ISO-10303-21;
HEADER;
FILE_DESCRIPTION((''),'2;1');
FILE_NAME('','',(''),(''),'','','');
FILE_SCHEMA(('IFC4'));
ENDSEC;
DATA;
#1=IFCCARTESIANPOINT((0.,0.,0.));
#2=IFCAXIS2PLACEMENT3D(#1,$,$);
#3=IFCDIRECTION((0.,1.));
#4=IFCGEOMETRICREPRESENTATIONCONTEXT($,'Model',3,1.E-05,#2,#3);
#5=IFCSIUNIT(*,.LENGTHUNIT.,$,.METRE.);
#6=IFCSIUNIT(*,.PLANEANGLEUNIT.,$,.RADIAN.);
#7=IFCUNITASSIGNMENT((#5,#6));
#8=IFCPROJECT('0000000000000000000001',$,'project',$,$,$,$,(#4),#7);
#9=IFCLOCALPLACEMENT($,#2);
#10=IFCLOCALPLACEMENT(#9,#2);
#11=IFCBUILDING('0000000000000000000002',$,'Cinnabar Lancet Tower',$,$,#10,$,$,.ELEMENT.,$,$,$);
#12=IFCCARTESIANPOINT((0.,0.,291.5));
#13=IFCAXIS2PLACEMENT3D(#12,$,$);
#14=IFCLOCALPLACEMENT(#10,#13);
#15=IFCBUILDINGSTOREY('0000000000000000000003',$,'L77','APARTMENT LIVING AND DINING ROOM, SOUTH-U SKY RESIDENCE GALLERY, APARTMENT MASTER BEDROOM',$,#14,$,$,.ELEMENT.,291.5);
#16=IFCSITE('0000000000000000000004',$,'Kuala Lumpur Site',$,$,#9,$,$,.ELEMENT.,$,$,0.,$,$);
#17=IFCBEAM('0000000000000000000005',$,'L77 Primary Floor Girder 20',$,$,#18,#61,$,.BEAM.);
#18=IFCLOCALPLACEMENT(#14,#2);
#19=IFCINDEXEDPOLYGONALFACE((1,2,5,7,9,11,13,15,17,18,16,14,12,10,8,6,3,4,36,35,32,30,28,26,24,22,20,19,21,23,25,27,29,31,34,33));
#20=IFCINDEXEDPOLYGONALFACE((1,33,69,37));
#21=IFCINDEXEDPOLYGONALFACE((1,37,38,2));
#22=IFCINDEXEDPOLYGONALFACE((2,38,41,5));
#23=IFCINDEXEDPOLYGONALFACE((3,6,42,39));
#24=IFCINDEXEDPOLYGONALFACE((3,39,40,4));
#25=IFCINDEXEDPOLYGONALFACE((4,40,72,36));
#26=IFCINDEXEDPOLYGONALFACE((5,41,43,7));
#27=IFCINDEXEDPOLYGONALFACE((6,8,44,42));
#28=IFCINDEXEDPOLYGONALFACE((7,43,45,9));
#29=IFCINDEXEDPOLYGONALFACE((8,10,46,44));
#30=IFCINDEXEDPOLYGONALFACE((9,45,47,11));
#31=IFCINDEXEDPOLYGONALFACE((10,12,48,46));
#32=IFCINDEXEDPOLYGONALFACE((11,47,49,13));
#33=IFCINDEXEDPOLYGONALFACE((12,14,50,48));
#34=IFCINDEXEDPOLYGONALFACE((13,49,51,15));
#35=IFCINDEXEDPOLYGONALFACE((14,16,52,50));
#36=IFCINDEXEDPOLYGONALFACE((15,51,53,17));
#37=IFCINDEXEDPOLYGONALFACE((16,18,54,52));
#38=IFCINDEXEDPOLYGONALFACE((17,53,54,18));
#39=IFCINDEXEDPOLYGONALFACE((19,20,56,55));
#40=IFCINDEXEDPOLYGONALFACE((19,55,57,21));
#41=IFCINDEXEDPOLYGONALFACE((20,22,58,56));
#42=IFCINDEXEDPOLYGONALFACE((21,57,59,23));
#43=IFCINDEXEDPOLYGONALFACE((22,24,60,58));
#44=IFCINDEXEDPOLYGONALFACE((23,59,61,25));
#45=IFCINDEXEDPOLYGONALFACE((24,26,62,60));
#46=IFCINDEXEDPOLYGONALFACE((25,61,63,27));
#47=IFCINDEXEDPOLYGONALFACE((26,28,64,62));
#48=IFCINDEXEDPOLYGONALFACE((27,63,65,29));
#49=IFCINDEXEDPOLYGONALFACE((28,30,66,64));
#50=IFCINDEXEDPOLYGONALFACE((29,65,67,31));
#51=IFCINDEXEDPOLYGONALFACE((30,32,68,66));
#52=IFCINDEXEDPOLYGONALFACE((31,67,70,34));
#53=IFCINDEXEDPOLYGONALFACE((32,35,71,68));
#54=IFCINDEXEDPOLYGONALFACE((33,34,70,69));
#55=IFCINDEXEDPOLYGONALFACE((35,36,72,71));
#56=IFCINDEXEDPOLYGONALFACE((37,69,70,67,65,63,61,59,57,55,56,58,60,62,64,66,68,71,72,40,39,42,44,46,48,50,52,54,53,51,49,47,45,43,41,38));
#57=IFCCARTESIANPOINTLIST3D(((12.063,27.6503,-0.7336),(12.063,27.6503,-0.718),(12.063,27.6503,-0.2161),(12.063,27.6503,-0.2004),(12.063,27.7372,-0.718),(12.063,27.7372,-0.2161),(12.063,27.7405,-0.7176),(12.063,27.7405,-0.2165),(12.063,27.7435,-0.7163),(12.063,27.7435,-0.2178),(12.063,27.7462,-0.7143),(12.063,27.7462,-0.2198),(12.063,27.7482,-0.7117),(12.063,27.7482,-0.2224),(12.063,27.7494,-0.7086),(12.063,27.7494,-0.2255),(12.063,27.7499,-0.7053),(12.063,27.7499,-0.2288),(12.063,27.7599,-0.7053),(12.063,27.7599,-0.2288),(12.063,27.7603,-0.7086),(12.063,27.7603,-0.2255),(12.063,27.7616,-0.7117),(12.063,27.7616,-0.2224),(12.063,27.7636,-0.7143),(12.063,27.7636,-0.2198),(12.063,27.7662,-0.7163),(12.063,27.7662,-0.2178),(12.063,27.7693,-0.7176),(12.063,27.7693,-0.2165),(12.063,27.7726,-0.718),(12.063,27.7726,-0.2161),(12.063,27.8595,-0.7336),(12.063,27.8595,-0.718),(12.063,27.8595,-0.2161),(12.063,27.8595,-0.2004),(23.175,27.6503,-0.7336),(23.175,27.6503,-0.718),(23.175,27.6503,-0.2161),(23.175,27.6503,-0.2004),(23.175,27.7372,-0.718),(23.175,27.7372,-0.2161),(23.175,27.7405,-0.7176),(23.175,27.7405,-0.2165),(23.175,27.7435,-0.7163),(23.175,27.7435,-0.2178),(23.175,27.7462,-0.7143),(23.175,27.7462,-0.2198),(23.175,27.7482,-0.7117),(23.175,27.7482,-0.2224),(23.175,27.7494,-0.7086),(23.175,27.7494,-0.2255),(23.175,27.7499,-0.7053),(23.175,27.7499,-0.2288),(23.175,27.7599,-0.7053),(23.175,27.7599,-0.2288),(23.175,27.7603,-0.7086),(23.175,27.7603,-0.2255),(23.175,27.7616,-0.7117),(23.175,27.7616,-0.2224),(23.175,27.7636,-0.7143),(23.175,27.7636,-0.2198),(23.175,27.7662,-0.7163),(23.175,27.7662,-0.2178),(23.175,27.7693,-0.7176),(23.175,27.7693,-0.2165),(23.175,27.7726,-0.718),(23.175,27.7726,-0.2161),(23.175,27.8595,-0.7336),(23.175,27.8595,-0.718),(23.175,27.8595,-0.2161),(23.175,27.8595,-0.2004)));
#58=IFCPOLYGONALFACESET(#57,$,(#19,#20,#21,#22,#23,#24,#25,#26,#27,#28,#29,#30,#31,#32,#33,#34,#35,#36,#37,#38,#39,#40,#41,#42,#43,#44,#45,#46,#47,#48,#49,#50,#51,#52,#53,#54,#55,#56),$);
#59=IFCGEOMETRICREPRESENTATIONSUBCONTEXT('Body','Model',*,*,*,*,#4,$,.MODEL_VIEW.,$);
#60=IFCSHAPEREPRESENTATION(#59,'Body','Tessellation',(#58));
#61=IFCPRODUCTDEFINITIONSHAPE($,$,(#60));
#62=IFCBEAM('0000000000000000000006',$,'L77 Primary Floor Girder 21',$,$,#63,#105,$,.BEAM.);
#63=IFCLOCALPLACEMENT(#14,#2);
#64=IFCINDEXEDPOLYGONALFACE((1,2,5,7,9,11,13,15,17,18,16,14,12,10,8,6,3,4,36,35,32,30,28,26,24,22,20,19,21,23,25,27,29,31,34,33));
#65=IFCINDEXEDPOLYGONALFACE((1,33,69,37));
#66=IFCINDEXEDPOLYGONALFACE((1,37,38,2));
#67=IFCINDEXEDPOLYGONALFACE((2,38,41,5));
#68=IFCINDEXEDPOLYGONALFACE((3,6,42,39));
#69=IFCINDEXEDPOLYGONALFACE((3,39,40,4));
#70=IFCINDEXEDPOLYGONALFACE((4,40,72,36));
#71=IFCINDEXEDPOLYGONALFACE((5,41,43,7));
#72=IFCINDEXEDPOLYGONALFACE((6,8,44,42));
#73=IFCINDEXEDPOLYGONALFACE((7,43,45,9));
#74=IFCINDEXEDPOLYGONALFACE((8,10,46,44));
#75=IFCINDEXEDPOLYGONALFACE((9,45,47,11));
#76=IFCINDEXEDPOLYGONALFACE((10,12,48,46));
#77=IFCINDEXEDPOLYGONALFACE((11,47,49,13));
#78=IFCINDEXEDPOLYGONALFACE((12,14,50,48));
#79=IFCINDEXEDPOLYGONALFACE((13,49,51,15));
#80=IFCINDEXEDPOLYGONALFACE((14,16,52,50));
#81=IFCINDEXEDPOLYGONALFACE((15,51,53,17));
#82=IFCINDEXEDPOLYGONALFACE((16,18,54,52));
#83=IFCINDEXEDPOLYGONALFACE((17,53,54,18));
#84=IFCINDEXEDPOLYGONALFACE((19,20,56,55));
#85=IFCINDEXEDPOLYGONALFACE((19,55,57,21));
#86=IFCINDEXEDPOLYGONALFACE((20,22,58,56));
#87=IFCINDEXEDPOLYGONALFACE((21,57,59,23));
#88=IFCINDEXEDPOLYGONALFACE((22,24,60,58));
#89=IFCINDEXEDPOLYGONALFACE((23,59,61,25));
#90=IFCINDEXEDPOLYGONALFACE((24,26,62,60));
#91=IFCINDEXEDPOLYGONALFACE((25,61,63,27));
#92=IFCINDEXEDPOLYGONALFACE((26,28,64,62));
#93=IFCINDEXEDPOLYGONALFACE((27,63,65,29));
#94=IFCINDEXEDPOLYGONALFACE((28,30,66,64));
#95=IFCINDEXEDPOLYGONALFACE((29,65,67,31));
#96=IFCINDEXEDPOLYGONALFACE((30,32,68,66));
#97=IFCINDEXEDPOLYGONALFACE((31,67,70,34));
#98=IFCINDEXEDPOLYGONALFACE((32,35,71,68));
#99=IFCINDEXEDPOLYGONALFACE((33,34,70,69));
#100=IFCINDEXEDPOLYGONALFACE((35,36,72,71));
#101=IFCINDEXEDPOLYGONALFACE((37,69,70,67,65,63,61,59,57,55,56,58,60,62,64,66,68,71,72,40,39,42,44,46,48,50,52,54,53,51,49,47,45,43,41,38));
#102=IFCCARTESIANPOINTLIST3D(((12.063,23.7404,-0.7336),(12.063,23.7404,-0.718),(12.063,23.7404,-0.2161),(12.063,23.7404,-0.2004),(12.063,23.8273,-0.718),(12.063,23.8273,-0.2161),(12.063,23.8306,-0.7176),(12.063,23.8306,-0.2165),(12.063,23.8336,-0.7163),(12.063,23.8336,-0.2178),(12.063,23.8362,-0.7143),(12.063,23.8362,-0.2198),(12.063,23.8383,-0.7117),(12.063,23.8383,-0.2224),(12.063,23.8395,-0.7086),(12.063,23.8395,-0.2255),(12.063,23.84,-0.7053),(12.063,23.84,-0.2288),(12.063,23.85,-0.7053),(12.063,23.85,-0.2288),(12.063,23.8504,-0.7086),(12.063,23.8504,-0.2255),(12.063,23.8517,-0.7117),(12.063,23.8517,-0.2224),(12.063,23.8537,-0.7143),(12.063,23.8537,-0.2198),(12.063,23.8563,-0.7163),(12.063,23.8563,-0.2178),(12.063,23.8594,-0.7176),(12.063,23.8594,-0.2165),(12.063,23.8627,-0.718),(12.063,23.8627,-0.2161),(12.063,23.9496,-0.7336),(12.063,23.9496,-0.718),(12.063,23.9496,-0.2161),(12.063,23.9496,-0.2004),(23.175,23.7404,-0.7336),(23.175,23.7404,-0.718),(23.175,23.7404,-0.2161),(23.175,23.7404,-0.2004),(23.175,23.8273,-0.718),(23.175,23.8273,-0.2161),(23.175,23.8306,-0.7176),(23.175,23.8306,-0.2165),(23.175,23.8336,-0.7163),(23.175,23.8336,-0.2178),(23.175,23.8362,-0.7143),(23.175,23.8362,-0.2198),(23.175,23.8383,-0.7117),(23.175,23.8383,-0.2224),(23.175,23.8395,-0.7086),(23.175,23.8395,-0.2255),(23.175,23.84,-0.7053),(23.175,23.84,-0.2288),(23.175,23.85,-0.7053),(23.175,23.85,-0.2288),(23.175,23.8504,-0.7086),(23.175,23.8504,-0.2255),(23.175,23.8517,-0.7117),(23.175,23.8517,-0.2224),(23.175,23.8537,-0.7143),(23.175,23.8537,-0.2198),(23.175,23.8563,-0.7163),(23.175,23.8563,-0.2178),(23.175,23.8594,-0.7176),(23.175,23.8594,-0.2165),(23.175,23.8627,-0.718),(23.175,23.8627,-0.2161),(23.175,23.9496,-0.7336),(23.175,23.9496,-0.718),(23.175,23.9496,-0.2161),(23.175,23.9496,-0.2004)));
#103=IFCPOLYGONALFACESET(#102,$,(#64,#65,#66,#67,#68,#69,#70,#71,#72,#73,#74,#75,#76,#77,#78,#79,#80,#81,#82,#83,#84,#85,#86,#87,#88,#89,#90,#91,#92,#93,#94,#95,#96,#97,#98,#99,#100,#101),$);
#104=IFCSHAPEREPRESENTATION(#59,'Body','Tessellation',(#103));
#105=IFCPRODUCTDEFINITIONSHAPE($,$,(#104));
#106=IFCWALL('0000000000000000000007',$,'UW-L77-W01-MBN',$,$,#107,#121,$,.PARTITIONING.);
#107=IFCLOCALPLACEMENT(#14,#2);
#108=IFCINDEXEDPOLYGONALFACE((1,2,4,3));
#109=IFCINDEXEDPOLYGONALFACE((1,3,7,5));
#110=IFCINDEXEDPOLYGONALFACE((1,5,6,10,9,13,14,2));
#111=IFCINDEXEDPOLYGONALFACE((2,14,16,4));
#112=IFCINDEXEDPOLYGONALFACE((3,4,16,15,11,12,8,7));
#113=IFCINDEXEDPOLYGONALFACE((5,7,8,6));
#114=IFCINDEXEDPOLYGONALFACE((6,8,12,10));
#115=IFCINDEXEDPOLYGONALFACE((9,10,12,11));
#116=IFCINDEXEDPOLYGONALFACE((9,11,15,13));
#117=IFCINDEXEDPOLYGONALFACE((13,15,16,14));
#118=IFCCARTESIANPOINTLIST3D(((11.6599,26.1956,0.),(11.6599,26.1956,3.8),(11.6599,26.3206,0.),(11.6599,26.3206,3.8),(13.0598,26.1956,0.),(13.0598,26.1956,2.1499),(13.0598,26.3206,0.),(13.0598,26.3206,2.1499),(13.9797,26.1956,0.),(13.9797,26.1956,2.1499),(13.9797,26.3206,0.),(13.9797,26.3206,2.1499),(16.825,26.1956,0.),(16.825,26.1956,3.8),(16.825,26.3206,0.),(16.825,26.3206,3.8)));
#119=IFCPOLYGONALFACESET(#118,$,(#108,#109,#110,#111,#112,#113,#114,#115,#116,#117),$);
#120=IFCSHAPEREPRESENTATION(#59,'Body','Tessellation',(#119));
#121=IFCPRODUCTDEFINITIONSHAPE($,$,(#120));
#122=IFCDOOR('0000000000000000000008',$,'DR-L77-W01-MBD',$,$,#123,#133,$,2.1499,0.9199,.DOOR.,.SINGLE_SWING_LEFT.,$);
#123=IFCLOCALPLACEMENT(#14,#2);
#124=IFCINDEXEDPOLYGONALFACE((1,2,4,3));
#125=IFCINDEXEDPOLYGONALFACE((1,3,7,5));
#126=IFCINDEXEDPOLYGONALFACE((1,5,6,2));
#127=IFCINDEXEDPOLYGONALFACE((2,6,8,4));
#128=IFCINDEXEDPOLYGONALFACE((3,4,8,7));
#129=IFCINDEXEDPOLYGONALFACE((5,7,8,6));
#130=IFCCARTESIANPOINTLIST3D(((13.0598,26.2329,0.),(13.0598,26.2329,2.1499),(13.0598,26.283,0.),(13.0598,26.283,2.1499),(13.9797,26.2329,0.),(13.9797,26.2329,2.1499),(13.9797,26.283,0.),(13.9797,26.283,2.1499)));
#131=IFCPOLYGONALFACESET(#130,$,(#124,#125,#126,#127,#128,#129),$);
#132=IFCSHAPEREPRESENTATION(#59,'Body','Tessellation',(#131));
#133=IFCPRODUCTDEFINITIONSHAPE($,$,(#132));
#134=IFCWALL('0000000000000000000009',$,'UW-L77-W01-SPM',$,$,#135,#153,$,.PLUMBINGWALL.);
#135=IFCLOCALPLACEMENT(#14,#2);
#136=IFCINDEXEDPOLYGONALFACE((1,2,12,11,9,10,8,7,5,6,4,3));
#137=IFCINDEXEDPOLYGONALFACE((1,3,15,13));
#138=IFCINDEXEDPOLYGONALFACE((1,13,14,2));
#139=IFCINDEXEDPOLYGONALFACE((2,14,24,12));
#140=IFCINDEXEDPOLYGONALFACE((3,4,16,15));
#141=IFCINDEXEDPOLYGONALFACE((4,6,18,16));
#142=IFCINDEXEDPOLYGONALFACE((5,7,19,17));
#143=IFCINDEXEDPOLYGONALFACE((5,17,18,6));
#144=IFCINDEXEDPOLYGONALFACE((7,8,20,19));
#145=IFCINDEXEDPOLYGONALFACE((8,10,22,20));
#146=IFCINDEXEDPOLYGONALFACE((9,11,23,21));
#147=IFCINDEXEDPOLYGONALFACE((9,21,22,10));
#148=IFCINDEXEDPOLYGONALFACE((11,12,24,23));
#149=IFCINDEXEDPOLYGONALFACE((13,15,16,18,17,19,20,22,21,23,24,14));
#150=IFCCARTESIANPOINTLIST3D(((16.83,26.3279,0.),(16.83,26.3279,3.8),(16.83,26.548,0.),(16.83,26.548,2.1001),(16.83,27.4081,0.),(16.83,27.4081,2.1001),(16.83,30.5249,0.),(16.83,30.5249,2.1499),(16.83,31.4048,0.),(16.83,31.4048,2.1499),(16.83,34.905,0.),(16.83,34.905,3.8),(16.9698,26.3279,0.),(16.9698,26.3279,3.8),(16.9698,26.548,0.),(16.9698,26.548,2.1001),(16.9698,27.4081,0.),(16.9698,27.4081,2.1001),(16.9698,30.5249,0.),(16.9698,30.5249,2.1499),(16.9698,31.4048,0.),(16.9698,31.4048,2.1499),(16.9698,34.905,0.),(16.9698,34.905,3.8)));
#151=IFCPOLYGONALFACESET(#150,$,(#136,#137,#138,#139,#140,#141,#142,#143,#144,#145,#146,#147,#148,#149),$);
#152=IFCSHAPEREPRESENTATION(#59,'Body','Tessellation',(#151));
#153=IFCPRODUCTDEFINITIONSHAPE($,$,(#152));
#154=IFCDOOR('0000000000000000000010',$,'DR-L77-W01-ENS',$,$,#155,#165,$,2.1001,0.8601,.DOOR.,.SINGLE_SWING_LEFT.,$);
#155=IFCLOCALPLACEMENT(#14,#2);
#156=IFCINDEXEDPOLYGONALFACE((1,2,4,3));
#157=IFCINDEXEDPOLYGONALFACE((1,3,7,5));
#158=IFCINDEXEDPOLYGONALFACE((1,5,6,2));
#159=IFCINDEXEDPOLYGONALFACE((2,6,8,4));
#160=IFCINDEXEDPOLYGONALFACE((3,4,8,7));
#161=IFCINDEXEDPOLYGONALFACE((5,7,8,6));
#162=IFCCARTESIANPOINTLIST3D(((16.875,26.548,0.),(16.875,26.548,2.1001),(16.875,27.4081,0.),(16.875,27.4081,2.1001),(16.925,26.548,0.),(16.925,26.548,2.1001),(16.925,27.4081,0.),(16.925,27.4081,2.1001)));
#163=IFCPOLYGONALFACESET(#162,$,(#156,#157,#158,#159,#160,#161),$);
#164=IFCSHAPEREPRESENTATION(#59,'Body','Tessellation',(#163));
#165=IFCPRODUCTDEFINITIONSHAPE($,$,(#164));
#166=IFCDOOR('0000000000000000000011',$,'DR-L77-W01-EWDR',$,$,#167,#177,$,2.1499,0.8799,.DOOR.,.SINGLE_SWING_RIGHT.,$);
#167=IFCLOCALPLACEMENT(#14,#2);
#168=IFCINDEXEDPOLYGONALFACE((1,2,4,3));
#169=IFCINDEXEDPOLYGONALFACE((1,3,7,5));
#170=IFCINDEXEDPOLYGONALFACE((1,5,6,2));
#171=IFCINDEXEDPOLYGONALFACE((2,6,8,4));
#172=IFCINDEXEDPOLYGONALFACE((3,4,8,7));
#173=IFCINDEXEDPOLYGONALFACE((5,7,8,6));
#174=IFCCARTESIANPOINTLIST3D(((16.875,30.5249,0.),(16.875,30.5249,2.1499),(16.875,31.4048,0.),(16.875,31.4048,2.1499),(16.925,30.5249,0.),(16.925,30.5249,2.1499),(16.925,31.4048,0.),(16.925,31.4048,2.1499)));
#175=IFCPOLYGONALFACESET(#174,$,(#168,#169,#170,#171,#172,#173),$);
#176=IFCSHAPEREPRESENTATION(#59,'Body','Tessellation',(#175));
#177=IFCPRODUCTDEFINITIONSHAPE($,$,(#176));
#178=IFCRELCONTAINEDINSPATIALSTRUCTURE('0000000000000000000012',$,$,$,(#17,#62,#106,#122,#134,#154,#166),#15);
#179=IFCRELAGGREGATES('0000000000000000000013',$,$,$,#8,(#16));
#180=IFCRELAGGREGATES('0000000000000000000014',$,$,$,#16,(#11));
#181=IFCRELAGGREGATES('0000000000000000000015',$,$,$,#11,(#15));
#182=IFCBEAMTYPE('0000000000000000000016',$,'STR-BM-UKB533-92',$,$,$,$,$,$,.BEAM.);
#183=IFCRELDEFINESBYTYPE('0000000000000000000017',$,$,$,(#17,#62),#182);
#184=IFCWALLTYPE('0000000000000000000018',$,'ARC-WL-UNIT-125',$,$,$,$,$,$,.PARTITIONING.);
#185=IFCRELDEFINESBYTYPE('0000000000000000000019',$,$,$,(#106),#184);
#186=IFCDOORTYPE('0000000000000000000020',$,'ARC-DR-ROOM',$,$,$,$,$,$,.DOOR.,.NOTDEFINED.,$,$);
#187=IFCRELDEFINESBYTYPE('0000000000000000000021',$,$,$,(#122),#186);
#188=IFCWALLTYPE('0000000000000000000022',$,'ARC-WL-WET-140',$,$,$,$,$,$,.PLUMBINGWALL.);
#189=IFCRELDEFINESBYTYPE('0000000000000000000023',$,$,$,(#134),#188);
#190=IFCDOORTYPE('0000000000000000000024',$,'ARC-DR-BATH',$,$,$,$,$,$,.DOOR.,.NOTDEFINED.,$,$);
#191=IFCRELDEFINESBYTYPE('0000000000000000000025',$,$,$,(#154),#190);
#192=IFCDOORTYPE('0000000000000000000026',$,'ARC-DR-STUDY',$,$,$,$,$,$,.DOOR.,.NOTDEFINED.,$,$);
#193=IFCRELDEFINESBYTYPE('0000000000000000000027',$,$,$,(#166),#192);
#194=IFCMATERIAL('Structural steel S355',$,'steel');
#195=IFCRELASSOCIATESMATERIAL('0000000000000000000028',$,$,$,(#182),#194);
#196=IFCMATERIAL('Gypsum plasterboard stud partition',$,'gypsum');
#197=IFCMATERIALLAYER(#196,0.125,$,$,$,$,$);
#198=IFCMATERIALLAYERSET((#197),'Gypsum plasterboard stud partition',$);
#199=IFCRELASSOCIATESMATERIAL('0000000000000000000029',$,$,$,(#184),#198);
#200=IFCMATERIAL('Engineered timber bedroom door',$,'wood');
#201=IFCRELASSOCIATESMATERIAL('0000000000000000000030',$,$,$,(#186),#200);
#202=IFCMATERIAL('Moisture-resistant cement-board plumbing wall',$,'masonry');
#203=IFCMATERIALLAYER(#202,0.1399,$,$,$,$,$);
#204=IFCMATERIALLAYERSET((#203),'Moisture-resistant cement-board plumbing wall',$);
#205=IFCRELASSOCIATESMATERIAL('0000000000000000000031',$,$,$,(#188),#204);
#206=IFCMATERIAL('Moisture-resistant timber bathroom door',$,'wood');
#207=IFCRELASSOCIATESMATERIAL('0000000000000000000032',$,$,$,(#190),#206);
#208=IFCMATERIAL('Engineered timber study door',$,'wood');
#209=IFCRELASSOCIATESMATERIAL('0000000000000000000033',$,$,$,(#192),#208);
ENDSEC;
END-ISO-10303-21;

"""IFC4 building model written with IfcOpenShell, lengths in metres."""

from ifc_helpers import new_model, si_unit, direction, frame, frame_2d, origin, origin_2d, place, context, subcontext, project, spatial, rectangle, i_section, extrude, material, layer, layer_set, material_profile, profile_set, type_object, element, fill, save


model = new_model("IFC4")

# Units and contexts
model_context = context("Model", 3, precision=1e-05, world=origin(), true_north=direction((0.0, 1.0)))
body_context = subcontext(model_context, "Body", "Model", "MODEL_VIEW")
ifc_project = project(units=[si_unit("LENGTHUNIT", "METRE"), si_unit("PLANEANGLEUNIT", "RADIAN")], contexts=[model_context])

# Site, building, storey
site_placement = place(None, origin())
site = spatial("IfcSite", under=ifc_project, at=site_placement, Name="Kuala Lumpur Site", CompositionType="ELEMENT", RefElevation=0.0)
building_placement = place(site_placement, origin())
building = spatial("IfcBuilding", under=site, at=building_placement, Name="Cinnabar Lancet Tower", CompositionType="ELEMENT")
storey_placement = place(building_placement, frame((0.0, 0.0, 291.5)))
storey = spatial("IfcBuildingStorey", under=building, at=storey_placement, Name="L77", Description="APARTMENT LIVING AND DINING ROOM, SOUTH-U SKY RESIDENCE GALLERY, APARTMENT MASTER BEDROOM", CompositionType="ELEMENT", Elevation=291.5)

# Beams
ifc_material_1 = material(Name="Structural steel S355", Category="steel")
ifc_material_profile_1 = material_profile(ifc_material_1, i_section(OverallWidth=0.2092, OverallDepth=0.5332, WebThickness=0.01, FlangeThickness=0.0156, FilletRadius=0.0127, at=origin_2d()), Name="UKB 533x210x92")
ifc_profile_set_1 = profile_set([ifc_material_profile_1], Name="Structural steel S355")
beam_type_1 = type_object("IfcBeamType", Name="STR-BM-UKB533-92", PredefinedType="BEAM", material=ifc_profile_set_1)
for number, where, z_axis, x_axis, name in (
    (1, (12.063, 27.7549, -0.467), (1.0, 0.0, 0.0), (0.0, 1.0, 0.0), "L77 Primary Floor Girder 20"),
    (2, (12.063, 23.845, -0.467), (1.0, 0.0, 0.0), (0.0, 1.0, 0.0), "L77 Primary Floor Girder 21"),
):
    element("IfcBeam", number, at=place(storey_placement, frame(where, z_axis=z_axis, x_axis=x_axis)), inside=storey, type_object=beam_type_1, Name=name, PredefinedType="BEAM", context=body_context, shape_type="SweptSolid", body=[
        extrude(i_section(OverallWidth=0.2092, OverallDepth=0.5332, WebThickness=0.01, FlangeThickness=0.0156, FilletRadius=0.0127, at=origin_2d()), origin(), (0.0, 0.0, 1.0), 11.1121),
    ])

# Wall, opening, door
ifc_material_2 = material(Name="Gypsum plasterboard stud partition", Category="gypsum")
ifc_layer_1 = layer(ifc_material_2, 0.125)
ifc_layer_set_1 = layer_set([ifc_layer_1], Name="Gypsum plasterboard stud partition")
wall_type_1 = type_object("IfcWallType", Name="ARC-WL-UNIT-125", PredefinedType="PARTITIONING", material=ifc_layer_set_1)
wall_1_placement = place(storey_placement, frame((11.6599, 26.2581, 0.0), z_axis=(0.0, 0.0, 1.0), x_axis=(1.0, 0.0, 0.0)))
wall_1 = element("IfcWall", 3, at=wall_1_placement, inside=storey, type_object=wall_type_1, Name="UW-L77-W01-MBN", PredefinedType="PARTITIONING", context=body_context, shape_type="SweptSolid", body=[
    extrude(rectangle(XDim=5.165, YDim=0.125, at=frame_2d((2.5825, 0.0))), origin(), (0.0, 0.0, 1.0), 3.8),
])
opening_1_placement = place(wall_1_placement, frame((1.3999, 0.0, 0.0)))
opening_1 = element("IfcOpeningElement", 4, at=opening_1_placement, cuts=wall_1, PredefinedType="OPENING", context=body_context, shape_type="SweptSolid", body=[
    extrude(rectangle(XDim=0.9199, YDim=2.1499, at=frame_2d((0.46, 1.075))), frame((0.0, 0.0725, 0.0), z_axis=(0.0, -1.0, 0.0), x_axis=(1.0, 0.0, 0.0)), (0.0, 0.0, 1.0), 0.145),
])
ifc_material_3 = material(Name="Engineered timber bedroom door", Category="wood")
door_type_1 = type_object("IfcDoorType", Name="ARC-DR-ROOM", OperationType="NOTDEFINED", PredefinedType="DOOR", material=ifc_material_3)
door_1_placement = place(opening_1_placement, origin())
door_1 = element("IfcDoor", 5, at=door_1_placement, inside=storey, type_object=door_type_1, Name="DR-L77-W01-MBD", OperationType="SINGLE_SWING_LEFT", OverallHeight=2.1499, OverallWidth=0.9199, PredefinedType="DOOR", context=body_context, shape_type="SweptSolid", body=[
    extrude(rectangle(XDim=0.9199, YDim=2.1499, at=frame_2d((0.46, 1.075))), frame((0.0, 0.0249, 0.0), z_axis=(0.0, -1.0, 0.0), x_axis=(1.0, 0.0, 0.0)), (0.0, 0.0, 1.0), 0.05),
])
fill(opening_1, door_1)

# Wall, openings, doors
ifc_material_4 = material(Name="Moisture-resistant cement-board plumbing wall", Category="masonry")
ifc_layer_2 = layer(ifc_material_4, 0.1399)
ifc_layer_set_2 = layer_set([ifc_layer_2], Name="Moisture-resistant cement-board plumbing wall")
wall_type_2 = type_object("IfcWallType", Name="ARC-WL-WET-140", PredefinedType="PLUMBINGWALL", material=ifc_layer_set_2)
wall_2_placement = place(storey_placement, frame((16.8999, 26.3279, 0.0), z_axis=(0.0, 0.0, 1.0), x_axis=(0.0, 1.0, 0.0)))
wall_2 = element("IfcWall", 6, at=wall_2_placement, inside=storey, type_object=wall_type_2, Name="UW-L77-W01-SPM", PredefinedType="PLUMBINGWALL", context=body_context, shape_type="SweptSolid", body=[
    extrude(rectangle(XDim=8.5771, YDim=0.1399, at=frame_2d((4.2886, 0.0))), origin(), (0.0, 0.0, 1.0), 3.8),
])
opening_2_placement = place(wall_2_placement, frame((0.22, 0.0, 0.0)))
opening_2 = element("IfcOpeningElement", 7, at=opening_2_placement, cuts=wall_2, PredefinedType="OPENING", context=body_context, shape_type="SweptSolid", body=[
    extrude(rectangle(XDim=0.8601, YDim=2.1001, at=frame_2d((0.4302, 1.05))), frame((0.0, 0.0798, 0.0), z_axis=(0.0, -1.0, 0.0), x_axis=(1.0, 0.0, 0.0)), (0.0, 0.0, 1.0), 0.1599),
])
opening_3_placement = place(wall_2_placement, frame((4.197, 0.0, 0.0)))
opening_3 = element("IfcOpeningElement", 8, at=opening_3_placement, cuts=wall_2, PredefinedType="OPENING", context=body_context, shape_type="SweptSolid", body=[
    extrude(rectangle(XDim=0.8799, YDim=2.1499, at=frame_2d((0.4399, 1.075))), frame((0.0, 0.0798, 0.0), z_axis=(0.0, -1.0, 0.0), x_axis=(1.0, 0.0, 0.0)), (0.0, 0.0, 1.0), 0.1599),
])
ifc_material_5 = material(Name="Moisture-resistant timber bathroom door", Category="wood")
door_type_2 = type_object("IfcDoorType", Name="ARC-DR-BATH", OperationType="NOTDEFINED", PredefinedType="DOOR", material=ifc_material_5)
door_2_placement = place(opening_2_placement, origin())
door_2 = element("IfcDoor", 9, at=door_2_placement, inside=storey, type_object=door_type_2, Name="DR-L77-W01-ENS", OperationType="SINGLE_SWING_LEFT", OverallHeight=2.1001, OverallWidth=0.8601, PredefinedType="DOOR", context=body_context, shape_type="SweptSolid", body=[
    extrude(rectangle(XDim=0.8601, YDim=2.1001, at=frame_2d((0.4302, 1.05))), frame((0.0, 0.0249, 0.0), z_axis=(0.0, -1.0, 0.0), x_axis=(1.0, 0.0, 0.0)), (0.0, 0.0, 1.0), 0.05),
])
fill(opening_2, door_2)
ifc_material_6 = material(Name="Engineered timber study door", Category="wood")
door_type_3 = type_object("IfcDoorType", Name="ARC-DR-STUDY", OperationType="NOTDEFINED", PredefinedType="DOOR", material=ifc_material_6)
door_3_placement = place(opening_3_placement, origin())
door_3 = element("IfcDoor", 10, at=door_3_placement, inside=storey, type_object=door_type_3, Name="DR-L77-W01-EWDR", OperationType="SINGLE_SWING_RIGHT", OverallHeight=2.1499, OverallWidth=0.8799, PredefinedType="DOOR", context=body_context, shape_type="SweptSolid", body=[
    extrude(rectangle(XDim=0.8799, YDim=2.1499, at=frame_2d((0.4399, 1.075))), frame((0.0, 0.0249, 0.0), z_axis=(0.0, -1.0, 0.0), x_axis=(1.0, 0.0, 0.0)), (0.0, 0.0, 1.0), 0.05),
])
fill(opening_3, door_3)

save(model, "model.ifc")
